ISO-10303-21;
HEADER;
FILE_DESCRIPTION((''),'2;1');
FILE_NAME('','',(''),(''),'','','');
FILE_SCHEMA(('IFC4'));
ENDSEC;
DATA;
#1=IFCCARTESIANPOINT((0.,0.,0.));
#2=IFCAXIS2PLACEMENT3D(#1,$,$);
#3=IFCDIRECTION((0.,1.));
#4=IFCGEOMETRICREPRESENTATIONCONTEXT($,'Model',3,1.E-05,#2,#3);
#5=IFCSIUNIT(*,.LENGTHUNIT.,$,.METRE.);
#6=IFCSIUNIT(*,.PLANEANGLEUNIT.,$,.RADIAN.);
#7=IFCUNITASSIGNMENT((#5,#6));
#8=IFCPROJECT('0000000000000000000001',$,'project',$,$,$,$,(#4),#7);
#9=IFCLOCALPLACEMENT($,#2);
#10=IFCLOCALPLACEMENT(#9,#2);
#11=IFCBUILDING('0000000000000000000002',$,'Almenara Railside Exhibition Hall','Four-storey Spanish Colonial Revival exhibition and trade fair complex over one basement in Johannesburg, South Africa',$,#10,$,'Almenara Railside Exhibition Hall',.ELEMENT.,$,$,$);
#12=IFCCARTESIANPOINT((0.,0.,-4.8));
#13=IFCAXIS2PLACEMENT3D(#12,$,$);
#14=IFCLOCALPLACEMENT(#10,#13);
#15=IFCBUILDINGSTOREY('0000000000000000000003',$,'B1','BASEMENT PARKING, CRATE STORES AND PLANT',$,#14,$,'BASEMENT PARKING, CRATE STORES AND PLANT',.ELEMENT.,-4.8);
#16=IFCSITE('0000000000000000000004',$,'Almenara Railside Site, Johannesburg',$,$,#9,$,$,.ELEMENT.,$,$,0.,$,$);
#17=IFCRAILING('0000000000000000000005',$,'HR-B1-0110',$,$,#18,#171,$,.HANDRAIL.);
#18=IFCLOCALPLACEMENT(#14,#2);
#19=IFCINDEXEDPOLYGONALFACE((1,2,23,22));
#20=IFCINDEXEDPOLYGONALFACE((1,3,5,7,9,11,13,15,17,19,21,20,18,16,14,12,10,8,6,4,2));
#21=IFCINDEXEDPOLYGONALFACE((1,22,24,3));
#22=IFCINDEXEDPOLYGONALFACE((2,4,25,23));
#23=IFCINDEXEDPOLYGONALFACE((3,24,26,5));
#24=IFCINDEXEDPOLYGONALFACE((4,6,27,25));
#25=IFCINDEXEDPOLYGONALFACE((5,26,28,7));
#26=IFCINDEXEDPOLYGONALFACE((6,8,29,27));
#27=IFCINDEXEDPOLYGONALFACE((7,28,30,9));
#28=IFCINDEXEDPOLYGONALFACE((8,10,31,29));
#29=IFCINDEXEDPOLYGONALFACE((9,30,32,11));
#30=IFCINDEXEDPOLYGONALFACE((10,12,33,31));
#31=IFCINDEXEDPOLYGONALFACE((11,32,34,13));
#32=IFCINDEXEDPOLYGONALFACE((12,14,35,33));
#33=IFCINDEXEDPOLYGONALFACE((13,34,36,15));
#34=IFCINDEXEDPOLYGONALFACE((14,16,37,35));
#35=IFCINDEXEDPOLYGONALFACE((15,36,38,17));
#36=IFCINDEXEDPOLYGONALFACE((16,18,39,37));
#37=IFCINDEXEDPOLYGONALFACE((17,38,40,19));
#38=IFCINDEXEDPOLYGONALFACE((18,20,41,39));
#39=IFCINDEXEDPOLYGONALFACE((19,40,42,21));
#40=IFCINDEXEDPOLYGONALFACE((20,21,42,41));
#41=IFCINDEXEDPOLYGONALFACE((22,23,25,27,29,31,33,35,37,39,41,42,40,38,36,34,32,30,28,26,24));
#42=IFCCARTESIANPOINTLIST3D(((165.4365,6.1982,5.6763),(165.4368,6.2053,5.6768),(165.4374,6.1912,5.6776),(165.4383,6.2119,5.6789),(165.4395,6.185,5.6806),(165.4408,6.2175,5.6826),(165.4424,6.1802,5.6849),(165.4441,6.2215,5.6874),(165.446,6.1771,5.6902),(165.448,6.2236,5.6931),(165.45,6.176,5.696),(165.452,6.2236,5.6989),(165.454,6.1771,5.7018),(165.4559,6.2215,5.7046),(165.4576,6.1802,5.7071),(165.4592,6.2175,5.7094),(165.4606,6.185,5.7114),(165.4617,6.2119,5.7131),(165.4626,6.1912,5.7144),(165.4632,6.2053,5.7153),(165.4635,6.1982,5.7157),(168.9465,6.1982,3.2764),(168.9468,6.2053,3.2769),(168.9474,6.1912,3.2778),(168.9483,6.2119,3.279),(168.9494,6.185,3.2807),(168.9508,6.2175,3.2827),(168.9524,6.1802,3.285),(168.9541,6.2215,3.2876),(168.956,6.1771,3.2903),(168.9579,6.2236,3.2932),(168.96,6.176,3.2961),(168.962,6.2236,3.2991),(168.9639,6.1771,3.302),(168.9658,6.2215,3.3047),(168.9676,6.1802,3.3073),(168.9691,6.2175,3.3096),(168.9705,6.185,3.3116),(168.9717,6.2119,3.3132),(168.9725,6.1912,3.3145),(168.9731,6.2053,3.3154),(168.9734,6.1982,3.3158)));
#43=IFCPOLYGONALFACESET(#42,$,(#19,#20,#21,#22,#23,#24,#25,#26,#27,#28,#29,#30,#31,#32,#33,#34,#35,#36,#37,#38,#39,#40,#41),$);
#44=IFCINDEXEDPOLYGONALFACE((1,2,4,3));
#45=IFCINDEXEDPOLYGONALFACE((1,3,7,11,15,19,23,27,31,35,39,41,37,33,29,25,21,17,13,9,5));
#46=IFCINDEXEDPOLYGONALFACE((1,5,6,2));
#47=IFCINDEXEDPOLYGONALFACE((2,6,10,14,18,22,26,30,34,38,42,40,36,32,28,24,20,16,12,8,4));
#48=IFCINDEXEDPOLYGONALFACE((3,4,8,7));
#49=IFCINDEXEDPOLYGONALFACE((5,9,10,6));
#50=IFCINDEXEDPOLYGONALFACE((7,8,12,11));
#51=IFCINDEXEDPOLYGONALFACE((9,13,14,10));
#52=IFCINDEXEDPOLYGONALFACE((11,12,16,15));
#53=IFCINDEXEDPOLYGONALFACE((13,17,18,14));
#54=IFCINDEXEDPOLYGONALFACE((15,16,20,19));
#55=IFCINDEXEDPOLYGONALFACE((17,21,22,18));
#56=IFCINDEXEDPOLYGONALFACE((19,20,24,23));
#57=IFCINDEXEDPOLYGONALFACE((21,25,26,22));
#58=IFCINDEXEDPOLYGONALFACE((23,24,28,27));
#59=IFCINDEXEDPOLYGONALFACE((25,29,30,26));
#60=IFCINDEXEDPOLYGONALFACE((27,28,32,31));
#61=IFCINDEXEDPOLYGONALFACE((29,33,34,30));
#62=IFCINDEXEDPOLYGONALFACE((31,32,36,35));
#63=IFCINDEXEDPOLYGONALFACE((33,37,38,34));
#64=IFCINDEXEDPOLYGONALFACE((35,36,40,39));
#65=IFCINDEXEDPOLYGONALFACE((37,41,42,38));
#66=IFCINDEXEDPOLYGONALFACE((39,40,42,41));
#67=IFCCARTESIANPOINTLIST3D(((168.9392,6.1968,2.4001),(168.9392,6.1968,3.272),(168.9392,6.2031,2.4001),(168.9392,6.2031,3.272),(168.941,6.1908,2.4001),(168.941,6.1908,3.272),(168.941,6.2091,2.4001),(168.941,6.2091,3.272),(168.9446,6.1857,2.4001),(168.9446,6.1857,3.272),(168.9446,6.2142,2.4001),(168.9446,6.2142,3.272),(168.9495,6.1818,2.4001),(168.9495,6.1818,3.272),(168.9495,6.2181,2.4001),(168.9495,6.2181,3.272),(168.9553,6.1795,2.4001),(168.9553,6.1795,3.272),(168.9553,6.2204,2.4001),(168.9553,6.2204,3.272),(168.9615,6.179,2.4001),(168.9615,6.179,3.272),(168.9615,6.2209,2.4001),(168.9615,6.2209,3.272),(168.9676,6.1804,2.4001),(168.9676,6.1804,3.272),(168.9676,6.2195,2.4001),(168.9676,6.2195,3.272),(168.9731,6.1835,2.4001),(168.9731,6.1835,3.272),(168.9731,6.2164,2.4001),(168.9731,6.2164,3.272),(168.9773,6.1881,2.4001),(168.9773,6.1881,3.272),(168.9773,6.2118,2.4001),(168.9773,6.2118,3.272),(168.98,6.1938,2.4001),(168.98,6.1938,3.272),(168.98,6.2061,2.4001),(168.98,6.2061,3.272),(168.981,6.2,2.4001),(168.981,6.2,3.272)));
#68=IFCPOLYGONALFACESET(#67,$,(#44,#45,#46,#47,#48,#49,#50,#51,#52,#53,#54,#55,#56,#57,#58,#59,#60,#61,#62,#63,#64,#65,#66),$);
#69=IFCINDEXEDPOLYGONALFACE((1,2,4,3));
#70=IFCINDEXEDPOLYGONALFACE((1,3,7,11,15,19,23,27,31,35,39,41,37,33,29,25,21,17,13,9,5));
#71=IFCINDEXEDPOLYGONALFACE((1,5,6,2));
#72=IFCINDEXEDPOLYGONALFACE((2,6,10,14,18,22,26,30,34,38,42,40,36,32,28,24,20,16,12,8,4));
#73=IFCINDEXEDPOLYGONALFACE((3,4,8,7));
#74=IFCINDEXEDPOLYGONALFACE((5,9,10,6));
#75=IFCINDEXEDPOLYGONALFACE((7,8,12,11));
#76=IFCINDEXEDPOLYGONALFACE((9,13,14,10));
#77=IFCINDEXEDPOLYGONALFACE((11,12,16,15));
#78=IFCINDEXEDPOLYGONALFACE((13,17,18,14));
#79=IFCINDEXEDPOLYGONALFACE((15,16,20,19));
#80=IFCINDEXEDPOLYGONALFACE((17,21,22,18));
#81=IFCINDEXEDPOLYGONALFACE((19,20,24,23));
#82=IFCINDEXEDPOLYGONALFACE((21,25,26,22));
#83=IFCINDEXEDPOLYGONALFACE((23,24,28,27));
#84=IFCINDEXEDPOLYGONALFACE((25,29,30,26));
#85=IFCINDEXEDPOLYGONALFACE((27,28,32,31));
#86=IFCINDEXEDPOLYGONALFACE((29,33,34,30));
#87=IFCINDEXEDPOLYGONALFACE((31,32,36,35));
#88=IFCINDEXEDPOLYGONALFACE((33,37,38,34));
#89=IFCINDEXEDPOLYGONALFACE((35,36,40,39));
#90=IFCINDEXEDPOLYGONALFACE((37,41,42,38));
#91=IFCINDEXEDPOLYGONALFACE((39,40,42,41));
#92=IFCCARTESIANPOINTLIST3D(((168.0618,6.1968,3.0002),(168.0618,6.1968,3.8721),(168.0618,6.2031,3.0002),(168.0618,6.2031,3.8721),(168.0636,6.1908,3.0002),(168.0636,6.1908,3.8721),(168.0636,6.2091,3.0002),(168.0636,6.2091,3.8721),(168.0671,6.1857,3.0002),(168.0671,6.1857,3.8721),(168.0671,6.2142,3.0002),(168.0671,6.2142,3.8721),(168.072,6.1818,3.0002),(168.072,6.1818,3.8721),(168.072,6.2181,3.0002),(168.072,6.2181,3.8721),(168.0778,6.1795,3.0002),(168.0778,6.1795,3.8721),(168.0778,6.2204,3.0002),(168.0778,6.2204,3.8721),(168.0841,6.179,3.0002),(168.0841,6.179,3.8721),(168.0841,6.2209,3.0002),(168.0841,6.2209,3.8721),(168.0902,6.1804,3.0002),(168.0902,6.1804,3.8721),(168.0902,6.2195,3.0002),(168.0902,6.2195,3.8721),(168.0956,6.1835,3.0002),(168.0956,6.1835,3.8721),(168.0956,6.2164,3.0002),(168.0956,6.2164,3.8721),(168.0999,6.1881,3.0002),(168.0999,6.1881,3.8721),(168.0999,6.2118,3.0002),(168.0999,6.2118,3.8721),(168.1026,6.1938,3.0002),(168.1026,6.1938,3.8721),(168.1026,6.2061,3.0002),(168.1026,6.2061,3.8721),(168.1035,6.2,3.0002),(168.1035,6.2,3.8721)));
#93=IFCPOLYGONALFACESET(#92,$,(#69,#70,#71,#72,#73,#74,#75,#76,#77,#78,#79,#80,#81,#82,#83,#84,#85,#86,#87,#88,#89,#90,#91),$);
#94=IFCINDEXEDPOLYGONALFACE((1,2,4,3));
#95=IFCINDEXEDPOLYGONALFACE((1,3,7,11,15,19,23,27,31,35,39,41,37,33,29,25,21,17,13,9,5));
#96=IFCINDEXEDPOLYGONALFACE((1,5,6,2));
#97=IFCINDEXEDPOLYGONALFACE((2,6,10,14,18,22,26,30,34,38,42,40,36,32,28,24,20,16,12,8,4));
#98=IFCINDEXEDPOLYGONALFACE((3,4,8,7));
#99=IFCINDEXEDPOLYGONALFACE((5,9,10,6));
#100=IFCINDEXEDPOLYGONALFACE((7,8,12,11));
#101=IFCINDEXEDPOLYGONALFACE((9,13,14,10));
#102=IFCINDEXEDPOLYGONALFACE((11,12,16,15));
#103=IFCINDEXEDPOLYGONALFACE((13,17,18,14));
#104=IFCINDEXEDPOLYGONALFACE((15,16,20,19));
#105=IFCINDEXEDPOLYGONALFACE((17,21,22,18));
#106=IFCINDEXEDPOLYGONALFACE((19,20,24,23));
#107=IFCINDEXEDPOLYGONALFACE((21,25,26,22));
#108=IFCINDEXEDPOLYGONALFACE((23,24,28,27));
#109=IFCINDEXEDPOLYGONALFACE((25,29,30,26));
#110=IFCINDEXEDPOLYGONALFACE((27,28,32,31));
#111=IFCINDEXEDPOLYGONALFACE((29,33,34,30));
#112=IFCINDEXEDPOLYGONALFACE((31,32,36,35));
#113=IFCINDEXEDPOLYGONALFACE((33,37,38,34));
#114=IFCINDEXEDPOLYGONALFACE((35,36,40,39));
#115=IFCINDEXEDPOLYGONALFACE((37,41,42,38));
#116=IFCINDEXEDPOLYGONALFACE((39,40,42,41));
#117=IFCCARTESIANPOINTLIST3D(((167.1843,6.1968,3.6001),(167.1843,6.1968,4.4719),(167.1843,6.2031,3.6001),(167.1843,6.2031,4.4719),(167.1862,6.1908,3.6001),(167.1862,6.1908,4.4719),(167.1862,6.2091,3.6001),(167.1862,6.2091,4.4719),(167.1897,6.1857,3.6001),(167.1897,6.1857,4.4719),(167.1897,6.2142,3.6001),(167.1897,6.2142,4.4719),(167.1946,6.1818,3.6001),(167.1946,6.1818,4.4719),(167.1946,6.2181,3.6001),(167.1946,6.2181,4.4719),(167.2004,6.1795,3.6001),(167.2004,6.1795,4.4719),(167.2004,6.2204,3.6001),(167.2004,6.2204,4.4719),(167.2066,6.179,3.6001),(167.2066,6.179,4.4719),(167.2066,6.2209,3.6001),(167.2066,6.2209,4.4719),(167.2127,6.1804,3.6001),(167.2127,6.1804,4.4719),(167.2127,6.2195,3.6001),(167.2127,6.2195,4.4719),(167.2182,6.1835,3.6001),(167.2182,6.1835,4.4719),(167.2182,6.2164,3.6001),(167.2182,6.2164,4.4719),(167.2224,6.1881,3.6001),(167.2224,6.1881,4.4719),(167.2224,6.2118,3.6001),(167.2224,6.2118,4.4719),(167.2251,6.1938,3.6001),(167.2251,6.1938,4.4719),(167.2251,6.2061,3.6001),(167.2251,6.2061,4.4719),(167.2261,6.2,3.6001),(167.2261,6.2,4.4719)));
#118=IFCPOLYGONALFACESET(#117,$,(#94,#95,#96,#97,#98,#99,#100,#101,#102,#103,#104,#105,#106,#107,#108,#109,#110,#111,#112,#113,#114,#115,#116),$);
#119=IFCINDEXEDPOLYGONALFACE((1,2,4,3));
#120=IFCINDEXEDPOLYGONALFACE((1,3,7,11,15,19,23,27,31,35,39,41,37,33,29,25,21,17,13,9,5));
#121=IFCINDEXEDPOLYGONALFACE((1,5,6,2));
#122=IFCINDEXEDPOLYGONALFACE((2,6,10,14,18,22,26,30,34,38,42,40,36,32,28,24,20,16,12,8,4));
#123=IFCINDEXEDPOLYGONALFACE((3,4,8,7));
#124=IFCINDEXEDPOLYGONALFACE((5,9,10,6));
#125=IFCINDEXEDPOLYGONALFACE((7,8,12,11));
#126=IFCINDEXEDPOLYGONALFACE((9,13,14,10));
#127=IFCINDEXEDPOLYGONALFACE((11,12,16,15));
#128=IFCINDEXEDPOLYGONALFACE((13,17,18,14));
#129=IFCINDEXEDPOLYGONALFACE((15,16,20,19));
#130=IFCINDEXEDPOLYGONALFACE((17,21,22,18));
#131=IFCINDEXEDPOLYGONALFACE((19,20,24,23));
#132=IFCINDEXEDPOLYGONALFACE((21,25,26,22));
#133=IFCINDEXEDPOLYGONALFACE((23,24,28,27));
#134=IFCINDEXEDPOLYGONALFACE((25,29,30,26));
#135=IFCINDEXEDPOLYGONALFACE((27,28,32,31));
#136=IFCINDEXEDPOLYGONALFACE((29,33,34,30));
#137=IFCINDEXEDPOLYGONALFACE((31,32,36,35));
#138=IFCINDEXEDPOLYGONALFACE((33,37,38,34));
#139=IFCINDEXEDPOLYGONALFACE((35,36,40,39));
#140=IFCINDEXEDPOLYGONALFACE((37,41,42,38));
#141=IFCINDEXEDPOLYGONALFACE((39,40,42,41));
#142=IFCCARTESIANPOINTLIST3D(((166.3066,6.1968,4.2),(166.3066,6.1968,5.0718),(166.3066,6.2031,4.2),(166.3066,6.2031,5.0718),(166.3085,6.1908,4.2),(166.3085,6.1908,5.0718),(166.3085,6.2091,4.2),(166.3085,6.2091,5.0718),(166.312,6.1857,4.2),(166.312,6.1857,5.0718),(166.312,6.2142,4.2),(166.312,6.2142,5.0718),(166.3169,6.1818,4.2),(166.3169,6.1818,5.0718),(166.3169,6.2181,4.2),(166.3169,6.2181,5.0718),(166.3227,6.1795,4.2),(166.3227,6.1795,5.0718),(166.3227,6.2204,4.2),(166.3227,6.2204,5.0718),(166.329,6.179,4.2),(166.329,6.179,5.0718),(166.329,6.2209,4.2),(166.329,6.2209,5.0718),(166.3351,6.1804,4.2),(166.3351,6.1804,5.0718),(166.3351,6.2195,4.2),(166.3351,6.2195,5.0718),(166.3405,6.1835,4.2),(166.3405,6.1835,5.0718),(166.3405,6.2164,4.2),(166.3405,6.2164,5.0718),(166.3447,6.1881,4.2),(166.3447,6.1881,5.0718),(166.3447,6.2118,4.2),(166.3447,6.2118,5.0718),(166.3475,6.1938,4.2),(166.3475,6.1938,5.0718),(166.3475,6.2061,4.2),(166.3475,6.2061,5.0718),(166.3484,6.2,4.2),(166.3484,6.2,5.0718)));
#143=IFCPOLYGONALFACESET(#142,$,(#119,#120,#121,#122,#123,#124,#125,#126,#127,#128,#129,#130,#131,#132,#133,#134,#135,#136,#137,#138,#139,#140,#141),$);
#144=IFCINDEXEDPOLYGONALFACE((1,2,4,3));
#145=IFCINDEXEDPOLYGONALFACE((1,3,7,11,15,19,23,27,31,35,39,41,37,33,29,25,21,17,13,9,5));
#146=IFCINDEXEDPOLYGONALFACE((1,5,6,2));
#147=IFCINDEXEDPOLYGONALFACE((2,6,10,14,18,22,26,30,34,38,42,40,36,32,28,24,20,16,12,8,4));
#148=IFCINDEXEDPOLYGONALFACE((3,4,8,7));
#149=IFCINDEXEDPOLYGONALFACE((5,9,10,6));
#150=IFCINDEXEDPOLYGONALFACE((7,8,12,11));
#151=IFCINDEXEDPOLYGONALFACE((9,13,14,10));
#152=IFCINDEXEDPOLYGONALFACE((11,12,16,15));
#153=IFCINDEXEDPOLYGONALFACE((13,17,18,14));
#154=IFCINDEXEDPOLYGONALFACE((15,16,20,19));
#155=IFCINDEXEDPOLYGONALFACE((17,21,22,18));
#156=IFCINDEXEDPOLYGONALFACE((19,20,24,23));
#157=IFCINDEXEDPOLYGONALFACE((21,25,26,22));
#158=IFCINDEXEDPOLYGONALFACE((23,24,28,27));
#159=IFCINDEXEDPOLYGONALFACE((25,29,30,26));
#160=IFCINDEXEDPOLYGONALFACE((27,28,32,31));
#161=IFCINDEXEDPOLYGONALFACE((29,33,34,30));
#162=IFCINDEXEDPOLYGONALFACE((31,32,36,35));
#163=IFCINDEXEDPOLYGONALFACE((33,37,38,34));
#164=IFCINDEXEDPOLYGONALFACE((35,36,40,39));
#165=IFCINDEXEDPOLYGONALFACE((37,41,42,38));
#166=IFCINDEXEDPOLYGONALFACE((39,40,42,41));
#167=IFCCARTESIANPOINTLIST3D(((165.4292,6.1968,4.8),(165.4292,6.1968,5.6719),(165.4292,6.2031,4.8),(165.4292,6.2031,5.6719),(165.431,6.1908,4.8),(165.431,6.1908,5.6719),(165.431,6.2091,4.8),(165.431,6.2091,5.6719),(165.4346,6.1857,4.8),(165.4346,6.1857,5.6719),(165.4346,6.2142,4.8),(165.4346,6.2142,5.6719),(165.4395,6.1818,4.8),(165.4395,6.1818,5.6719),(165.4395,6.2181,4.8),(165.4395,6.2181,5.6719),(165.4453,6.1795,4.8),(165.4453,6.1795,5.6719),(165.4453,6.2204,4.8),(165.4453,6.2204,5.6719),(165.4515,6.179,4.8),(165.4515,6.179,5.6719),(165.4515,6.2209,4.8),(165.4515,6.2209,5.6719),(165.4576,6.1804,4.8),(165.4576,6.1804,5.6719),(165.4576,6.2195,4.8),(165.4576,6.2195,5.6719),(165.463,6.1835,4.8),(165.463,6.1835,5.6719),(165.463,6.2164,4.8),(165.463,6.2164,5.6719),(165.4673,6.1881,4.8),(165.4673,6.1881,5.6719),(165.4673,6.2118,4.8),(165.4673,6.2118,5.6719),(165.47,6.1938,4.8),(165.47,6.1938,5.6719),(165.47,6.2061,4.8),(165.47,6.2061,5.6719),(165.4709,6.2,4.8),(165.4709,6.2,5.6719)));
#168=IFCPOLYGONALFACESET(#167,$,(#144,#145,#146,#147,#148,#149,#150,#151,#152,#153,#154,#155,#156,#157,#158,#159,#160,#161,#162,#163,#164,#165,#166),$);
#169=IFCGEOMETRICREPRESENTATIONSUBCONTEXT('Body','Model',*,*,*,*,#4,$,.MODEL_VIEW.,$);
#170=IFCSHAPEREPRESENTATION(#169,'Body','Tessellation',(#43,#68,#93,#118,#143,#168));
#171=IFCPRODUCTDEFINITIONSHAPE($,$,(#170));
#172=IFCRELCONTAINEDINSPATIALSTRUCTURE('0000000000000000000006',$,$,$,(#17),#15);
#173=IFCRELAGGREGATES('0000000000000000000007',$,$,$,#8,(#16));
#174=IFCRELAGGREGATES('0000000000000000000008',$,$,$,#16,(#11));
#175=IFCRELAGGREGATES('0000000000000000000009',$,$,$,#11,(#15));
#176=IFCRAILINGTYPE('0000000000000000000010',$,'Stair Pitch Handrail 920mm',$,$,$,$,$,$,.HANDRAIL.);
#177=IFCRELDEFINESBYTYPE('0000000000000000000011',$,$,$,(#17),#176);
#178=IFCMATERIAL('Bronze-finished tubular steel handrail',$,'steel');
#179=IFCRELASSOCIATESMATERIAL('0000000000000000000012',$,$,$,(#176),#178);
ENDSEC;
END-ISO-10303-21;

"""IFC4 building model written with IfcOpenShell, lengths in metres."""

from ifc_helpers import new_model, si_unit, direction, frame, origin, origin_2d, place, context, subcontext, project, spatial, circle, extrude, material, type_object, element, save


model = new_model("IFC4")

# Units and contexts
model_context = context("Model", 3, precision=1e-05, world=origin(), true_north=direction((0.0, 1.0)))
body_context = subcontext(model_context, "Body", "Model", "MODEL_VIEW")
ifc_project = project(units=[si_unit("LENGTHUNIT", "METRE"), si_unit("PLANEANGLEUNIT", "RADIAN")], contexts=[model_context])

# Site, building, storey
site_placement = place(None, origin())
site = spatial("IfcSite", under=ifc_project, at=site_placement, Name="Almenara Railside Site, Johannesburg", CompositionType="ELEMENT", RefElevation=0.0)
building_placement = place(site_placement, origin())
building = spatial("IfcBuilding", under=site, at=building_placement, Name="Almenara Railside Exhibition Hall", Description="Four-storey Spanish Colonial Revival exhibition and trade fair complex over one basement in Johannesburg, South Africa", LongName="Almenara Railside Exhibition Hall", CompositionType="ELEMENT")
storey_placement = place(building_placement, frame((0.0, 0.0, -4.8)))
storey = spatial("IfcBuildingStorey", under=building, at=storey_placement, Name="B1", Description="BASEMENT PARKING, CRATE STORES AND PLANT", LongName="BASEMENT PARKING, CRATE STORES AND PLANT", CompositionType="ELEMENT", Elevation=-4.8)

# Railing
ifc_material_1 = material(Name="Bronze-finished tubular steel handrail", Category="steel")
railing_type_1 = type_object("IfcRailingType", Name="Stair Pitch Handrail 920mm", PredefinedType="HANDRAIL", material=ifc_material_1)
railing_1_placement = place(storey_placement, frame((168.96, 6.2, 2.4001)))
element("IfcRailing", 1, at=railing_1_placement, inside=storey, type_object=railing_type_1, Name="HR-B1-0110", PredefinedType="HANDRAIL", context=body_context, shape_type="SweptSolid", body=[
    extrude(circle(Radius=0.0239, at=origin_2d()), frame((0.0, 0.0, 0.896), z_axis=(-0.825492, 0.0, 0.564414), x_axis=(0.0, -1.0, 0.0)), (0.0, 0.0, 1.0), 4.252),
    extrude(circle(Radius=0.021, at=origin_2d()), origin(), (0.0, 0.0, 1.0), 0.8718),
    extrude(circle(Radius=0.021, at=origin_2d()), frame((-0.8774, 0.0, 0.6001)), (0.0, 0.0, 1.0), 0.8718),
    extrude(circle(Radius=0.021, at=origin_2d()), frame((-1.7549, 0.0, 1.2)), (0.0, 0.0, 1.0), 0.8718),
    extrude(circle(Radius=0.021, at=origin_2d()), frame((-2.6326, 0.0, 1.7998)), (0.0, 0.0, 1.0), 0.8718),
    extrude(circle(Radius=0.021, at=origin_2d()), frame((-3.51, 0.0, 2.3999)), (0.0, 0.0, 1.0), 0.8718),
])

save(model, "model.ifc")
